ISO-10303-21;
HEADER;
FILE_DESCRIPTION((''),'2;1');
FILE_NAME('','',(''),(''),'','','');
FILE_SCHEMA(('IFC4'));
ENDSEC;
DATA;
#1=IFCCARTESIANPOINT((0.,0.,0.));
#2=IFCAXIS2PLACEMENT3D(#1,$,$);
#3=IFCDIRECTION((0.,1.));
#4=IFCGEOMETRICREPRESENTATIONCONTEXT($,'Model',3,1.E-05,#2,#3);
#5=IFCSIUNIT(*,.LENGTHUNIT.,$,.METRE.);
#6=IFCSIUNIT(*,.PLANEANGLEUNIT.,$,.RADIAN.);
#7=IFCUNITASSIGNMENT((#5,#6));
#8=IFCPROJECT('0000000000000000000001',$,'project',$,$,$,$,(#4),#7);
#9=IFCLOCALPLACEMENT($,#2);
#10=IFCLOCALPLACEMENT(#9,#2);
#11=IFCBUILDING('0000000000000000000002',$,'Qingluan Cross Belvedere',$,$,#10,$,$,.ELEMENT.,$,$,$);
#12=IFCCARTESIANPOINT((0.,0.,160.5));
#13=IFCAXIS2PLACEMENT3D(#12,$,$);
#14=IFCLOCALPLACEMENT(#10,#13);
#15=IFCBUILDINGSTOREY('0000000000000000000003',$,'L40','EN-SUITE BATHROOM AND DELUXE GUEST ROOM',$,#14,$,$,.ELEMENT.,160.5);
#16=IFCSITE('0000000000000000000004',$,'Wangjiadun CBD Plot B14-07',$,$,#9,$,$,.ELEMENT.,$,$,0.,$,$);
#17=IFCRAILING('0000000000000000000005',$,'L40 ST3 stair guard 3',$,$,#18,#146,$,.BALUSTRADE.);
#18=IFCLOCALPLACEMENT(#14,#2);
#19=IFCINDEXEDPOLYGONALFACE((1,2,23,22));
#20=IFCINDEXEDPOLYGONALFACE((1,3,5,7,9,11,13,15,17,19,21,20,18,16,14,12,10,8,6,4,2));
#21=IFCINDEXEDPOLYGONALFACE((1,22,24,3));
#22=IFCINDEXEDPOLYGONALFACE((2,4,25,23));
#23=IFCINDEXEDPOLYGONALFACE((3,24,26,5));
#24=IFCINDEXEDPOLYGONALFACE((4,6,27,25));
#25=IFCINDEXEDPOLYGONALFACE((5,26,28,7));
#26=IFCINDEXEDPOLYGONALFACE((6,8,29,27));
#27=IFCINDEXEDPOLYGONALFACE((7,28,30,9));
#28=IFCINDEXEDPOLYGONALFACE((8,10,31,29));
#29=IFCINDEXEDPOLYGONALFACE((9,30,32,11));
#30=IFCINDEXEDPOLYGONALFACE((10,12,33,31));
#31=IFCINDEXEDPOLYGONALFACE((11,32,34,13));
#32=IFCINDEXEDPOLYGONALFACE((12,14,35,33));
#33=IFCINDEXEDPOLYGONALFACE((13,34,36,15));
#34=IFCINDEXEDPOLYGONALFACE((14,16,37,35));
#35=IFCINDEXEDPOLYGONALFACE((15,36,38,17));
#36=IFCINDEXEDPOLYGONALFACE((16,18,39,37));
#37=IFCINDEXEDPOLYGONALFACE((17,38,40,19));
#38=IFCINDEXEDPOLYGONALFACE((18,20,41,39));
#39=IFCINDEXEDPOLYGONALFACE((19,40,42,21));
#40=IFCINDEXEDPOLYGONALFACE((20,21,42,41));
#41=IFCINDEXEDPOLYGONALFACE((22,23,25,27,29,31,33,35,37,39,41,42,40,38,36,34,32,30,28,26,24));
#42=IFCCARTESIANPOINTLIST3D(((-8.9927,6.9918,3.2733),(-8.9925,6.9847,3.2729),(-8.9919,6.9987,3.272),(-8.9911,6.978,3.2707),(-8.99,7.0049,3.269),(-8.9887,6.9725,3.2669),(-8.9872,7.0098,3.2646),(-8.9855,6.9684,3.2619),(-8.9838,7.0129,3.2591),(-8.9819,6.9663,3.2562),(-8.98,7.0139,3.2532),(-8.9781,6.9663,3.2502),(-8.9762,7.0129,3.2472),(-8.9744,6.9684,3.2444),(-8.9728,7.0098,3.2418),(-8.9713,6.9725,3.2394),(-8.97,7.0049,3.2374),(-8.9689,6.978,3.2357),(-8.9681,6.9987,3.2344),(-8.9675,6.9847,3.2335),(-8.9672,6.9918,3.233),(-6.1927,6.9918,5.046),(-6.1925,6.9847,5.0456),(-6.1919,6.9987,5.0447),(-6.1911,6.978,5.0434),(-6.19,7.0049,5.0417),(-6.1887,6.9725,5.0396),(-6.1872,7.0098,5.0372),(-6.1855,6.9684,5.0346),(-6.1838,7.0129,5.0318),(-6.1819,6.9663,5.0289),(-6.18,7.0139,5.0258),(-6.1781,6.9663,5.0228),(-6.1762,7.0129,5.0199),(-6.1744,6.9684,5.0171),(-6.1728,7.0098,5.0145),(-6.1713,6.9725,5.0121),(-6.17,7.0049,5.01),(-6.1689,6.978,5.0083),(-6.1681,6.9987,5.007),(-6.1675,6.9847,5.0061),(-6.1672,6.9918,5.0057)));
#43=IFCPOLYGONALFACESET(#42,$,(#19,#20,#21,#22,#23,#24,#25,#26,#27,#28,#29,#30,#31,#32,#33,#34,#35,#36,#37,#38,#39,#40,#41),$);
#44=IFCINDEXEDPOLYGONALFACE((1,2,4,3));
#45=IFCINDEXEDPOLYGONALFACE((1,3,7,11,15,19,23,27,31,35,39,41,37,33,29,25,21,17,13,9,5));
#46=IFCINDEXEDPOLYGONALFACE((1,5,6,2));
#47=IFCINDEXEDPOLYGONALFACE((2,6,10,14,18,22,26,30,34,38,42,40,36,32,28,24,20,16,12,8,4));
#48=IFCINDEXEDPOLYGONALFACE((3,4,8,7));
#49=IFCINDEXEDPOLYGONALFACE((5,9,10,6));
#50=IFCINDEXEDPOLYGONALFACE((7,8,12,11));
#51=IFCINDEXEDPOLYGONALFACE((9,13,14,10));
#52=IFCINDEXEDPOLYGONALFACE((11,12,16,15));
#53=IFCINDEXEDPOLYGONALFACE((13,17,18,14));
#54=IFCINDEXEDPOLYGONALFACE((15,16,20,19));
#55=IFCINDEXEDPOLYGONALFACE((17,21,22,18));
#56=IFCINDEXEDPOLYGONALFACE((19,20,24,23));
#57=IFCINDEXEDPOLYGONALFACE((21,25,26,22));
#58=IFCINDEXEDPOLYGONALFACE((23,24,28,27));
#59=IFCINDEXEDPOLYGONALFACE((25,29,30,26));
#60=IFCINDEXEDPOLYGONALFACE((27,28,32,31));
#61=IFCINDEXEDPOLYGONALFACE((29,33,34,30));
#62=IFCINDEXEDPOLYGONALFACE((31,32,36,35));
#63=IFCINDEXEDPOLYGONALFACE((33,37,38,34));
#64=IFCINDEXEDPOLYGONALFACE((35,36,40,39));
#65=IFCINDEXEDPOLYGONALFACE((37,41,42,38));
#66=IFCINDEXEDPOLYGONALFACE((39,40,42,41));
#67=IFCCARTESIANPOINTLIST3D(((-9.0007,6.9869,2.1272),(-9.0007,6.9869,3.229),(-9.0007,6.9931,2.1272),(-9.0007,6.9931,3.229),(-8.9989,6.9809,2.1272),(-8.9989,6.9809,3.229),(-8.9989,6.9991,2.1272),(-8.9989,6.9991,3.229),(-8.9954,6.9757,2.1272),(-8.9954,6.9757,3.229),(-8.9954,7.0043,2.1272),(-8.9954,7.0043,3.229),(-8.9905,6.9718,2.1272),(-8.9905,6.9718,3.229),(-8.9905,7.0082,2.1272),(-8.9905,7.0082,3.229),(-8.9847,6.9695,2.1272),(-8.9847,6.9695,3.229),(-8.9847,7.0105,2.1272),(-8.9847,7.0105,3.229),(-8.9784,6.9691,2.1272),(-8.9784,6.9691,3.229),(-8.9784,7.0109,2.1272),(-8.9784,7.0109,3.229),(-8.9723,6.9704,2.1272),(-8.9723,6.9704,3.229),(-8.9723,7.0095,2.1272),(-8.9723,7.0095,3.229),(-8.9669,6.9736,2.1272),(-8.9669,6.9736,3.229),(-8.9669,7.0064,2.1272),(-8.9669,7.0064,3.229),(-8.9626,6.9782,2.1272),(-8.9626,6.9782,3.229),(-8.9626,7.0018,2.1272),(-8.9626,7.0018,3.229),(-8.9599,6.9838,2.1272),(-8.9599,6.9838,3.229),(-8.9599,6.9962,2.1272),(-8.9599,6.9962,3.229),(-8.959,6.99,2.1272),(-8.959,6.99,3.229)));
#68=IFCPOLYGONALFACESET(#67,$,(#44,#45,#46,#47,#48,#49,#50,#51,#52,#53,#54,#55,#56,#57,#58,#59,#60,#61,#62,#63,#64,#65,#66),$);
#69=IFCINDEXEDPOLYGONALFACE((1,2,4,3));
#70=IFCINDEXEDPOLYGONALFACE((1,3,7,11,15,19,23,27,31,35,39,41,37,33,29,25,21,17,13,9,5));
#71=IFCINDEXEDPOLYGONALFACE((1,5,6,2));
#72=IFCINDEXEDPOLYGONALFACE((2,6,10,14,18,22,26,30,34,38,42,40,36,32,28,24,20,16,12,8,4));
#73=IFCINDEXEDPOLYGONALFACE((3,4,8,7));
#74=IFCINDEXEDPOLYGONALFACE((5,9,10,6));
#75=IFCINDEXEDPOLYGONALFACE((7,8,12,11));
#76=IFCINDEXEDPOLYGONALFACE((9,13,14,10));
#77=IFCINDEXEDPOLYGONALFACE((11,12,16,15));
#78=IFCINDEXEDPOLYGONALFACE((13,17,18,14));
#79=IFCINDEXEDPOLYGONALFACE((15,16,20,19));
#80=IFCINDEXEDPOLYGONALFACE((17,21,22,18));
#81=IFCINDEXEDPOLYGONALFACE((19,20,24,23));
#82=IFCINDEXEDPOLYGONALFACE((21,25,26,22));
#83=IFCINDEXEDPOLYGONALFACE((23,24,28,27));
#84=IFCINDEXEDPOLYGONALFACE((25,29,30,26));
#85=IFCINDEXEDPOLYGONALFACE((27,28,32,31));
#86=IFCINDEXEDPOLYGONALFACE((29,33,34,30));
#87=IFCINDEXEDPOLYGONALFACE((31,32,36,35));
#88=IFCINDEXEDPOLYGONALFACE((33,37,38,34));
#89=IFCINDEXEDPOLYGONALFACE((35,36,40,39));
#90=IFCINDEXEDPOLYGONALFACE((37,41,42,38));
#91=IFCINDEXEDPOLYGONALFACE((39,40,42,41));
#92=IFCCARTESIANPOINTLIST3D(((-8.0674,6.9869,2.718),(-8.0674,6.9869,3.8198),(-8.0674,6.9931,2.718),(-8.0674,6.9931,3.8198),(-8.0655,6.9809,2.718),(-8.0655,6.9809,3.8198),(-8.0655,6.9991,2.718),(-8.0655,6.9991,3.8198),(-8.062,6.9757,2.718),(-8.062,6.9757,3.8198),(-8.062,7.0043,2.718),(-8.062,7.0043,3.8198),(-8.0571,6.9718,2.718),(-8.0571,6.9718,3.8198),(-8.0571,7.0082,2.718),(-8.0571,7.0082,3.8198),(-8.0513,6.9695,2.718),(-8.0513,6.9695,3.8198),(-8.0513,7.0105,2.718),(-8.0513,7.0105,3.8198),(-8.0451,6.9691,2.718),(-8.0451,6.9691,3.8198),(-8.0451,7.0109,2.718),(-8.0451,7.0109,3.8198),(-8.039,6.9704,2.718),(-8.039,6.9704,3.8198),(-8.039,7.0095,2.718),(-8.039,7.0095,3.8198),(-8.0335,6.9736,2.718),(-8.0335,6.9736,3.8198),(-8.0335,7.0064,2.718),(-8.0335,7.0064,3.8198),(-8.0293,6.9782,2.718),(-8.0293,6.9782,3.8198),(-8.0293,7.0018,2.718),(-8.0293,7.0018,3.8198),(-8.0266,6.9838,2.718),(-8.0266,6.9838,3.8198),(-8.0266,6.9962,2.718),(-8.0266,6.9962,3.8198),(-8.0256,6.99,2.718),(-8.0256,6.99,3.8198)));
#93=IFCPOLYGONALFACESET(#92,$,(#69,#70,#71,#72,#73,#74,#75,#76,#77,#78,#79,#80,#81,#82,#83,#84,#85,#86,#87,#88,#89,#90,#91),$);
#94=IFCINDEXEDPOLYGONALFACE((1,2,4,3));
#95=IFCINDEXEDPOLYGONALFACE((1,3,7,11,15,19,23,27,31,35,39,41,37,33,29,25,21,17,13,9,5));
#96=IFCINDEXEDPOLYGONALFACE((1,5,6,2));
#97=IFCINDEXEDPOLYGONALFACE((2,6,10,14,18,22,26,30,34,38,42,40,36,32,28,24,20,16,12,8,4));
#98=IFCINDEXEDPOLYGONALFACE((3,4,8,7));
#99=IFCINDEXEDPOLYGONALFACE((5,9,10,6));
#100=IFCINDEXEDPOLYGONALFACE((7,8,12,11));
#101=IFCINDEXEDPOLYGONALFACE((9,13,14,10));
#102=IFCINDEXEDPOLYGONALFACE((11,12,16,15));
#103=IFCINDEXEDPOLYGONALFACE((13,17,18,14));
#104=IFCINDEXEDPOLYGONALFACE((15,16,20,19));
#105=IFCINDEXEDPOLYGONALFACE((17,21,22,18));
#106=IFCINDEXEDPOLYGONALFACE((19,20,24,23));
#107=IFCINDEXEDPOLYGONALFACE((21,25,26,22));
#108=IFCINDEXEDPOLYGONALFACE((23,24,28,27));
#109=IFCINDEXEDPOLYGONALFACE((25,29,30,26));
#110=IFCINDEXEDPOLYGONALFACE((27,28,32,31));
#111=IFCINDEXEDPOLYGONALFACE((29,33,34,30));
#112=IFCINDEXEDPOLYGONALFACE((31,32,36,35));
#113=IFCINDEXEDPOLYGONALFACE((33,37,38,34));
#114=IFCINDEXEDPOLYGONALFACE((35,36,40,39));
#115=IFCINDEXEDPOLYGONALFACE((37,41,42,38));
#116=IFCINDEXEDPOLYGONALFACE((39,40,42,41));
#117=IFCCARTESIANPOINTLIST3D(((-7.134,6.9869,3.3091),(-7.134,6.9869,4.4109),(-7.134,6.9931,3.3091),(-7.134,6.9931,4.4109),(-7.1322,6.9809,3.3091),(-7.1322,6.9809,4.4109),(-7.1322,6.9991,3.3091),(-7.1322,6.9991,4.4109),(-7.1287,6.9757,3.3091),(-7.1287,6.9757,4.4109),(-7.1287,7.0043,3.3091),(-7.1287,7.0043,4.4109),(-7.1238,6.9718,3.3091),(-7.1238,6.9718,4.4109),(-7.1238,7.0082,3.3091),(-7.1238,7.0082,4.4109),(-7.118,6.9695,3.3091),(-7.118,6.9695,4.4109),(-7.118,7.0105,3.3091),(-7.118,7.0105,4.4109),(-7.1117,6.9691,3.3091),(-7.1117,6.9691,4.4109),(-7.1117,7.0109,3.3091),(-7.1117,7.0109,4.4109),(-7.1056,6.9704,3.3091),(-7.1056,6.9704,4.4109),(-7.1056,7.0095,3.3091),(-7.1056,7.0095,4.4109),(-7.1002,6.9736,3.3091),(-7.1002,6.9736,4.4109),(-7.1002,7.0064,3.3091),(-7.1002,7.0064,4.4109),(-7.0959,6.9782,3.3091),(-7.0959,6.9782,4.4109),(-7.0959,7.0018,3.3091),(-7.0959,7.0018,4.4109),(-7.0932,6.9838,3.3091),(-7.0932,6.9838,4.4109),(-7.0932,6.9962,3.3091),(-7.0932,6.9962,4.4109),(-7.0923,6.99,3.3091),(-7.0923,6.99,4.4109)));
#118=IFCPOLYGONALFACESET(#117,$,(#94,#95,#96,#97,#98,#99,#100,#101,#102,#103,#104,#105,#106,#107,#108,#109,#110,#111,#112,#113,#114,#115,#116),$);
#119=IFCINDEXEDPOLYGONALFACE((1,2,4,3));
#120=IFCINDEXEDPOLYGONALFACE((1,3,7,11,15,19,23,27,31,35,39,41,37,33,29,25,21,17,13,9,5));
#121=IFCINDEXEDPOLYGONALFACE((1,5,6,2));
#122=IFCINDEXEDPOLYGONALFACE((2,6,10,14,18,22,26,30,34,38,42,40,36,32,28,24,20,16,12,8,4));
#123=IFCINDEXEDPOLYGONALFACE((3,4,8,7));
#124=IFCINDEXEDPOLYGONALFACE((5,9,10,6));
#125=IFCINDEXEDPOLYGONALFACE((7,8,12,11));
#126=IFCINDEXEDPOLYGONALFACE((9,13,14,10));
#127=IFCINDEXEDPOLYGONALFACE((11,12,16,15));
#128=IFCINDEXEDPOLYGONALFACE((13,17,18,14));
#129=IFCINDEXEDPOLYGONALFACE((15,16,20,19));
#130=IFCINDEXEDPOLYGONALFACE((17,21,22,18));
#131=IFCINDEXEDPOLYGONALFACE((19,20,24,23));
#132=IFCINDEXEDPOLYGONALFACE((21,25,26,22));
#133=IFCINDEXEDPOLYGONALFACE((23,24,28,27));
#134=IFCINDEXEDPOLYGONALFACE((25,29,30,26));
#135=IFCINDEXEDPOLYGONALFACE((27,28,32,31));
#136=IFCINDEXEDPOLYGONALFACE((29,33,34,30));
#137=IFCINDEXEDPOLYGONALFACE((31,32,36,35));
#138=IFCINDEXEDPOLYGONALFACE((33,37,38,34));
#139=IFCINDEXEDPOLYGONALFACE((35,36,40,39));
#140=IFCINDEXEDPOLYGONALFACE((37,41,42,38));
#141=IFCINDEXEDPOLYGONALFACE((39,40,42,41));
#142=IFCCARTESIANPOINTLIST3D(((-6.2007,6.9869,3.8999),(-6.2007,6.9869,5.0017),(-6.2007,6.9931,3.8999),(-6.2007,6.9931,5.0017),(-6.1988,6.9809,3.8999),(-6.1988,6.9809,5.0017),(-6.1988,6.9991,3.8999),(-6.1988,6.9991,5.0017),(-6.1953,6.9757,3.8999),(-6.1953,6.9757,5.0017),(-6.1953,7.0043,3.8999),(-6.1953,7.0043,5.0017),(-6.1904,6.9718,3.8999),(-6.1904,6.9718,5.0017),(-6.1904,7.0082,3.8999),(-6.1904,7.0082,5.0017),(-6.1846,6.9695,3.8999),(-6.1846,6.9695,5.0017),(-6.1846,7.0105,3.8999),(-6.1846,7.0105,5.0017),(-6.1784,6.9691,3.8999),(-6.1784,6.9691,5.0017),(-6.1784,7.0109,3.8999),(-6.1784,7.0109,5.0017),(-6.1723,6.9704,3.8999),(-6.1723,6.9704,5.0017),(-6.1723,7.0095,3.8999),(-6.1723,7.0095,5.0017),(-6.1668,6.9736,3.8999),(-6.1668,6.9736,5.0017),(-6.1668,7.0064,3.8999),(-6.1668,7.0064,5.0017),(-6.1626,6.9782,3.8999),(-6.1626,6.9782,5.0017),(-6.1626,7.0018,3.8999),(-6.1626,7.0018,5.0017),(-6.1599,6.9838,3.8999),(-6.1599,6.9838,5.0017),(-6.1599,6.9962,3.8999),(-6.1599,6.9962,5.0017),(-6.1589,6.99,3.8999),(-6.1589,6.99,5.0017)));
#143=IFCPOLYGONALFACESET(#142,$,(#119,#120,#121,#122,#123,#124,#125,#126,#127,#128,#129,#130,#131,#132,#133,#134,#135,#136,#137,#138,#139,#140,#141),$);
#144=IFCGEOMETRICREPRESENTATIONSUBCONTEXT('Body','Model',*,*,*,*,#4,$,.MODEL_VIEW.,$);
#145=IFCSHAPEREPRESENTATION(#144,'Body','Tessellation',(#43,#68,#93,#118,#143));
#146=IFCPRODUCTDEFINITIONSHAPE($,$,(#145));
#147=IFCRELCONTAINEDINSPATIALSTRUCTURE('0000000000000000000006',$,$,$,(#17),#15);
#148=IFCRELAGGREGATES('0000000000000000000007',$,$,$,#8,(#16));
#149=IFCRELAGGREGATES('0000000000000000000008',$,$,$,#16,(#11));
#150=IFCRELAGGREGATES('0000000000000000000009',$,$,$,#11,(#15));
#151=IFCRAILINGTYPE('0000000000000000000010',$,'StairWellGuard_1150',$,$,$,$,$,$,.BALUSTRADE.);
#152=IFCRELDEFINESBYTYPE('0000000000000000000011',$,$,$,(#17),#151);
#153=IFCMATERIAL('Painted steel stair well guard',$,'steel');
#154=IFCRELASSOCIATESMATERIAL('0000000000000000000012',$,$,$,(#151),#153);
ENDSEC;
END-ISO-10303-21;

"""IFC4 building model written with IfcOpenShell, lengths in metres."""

from ifc_helpers import new_model, si_unit, direction, frame, origin, origin_2d, place, context, subcontext, project, spatial, circle, extrude, material, type_object, element, save


model = new_model("IFC4")

# Units and contexts
model_context = context("Model", 3, precision=1e-05, world=origin(), true_north=direction((0.0, 1.0)))
body_context = subcontext(model_context, "Body", "Model", "MODEL_VIEW")
ifc_project = project(units=[si_unit("LENGTHUNIT", "METRE"), si_unit("PLANEANGLEUNIT", "RADIAN")], contexts=[model_context])

# Site, building, storey
site_placement = place(None, origin())
site = spatial("IfcSite", under=ifc_project, at=site_placement, Name="Wangjiadun CBD Plot B14-07", CompositionType="ELEMENT", RefElevation=0.0)
building_placement = place(site_placement, origin())
building = spatial("IfcBuilding", under=site, at=building_placement, Name="Qingluan Cross Belvedere", CompositionType="ELEMENT")
storey_placement = place(building_placement, frame((0.0, 0.0, 160.5)))
storey = spatial("IfcBuildingStorey", under=building, at=storey_placement, Name="L40", Description="EN-SUITE BATHROOM AND DELUXE GUEST ROOM", CompositionType="ELEMENT", Elevation=160.5)

# Railing
ifc_material_1 = material(Name="Painted steel stair well guard", Category="steel")
railing_type_1 = type_object("IfcRailingType", Name="StairWellGuard_1150", PredefinedType="BALUSTRADE", material=ifc_material_1)
railing_1_placement = place(storey_placement, frame((-8.98, 6.99, 2.1272)))
element("IfcRailing", 1, at=railing_1_placement, inside=storey, type_object=railing_type_1, Name="L40 ST3 stair guard 3", PredefinedType="BALUSTRADE", context=body_context, shape_type="SweptSolid", body=[
    extrude(circle(Radius=0.0239, at=origin_2d()), frame((0.0, 0.0, 1.126), z_axis=(0.844909, 0.0, 0.53491), x_axis=(0.0, 1.0, 0.0)), (0.0, 0.0, 1.0), 3.314),
    extrude(circle(Radius=0.021, at=origin_2d()), origin(), (0.0, 0.0, 1.0), 1.1018),
    extrude(circle(Radius=0.021, at=origin_2d()), frame((0.9333, 0.0, 0.5908)), (0.0, 0.0, 1.0), 1.1018),
    extrude(circle(Radius=0.021, at=origin_2d()), frame((1.8667, 0.0, 1.1819)), (0.0, 0.0, 1.0), 1.1018),
    extrude(circle(Radius=0.021, at=origin_2d()), frame((2.8, 0.0, 1.7727)), (0.0, 0.0, 1.0), 1.1018),
])

save(model, "model.ifc")
